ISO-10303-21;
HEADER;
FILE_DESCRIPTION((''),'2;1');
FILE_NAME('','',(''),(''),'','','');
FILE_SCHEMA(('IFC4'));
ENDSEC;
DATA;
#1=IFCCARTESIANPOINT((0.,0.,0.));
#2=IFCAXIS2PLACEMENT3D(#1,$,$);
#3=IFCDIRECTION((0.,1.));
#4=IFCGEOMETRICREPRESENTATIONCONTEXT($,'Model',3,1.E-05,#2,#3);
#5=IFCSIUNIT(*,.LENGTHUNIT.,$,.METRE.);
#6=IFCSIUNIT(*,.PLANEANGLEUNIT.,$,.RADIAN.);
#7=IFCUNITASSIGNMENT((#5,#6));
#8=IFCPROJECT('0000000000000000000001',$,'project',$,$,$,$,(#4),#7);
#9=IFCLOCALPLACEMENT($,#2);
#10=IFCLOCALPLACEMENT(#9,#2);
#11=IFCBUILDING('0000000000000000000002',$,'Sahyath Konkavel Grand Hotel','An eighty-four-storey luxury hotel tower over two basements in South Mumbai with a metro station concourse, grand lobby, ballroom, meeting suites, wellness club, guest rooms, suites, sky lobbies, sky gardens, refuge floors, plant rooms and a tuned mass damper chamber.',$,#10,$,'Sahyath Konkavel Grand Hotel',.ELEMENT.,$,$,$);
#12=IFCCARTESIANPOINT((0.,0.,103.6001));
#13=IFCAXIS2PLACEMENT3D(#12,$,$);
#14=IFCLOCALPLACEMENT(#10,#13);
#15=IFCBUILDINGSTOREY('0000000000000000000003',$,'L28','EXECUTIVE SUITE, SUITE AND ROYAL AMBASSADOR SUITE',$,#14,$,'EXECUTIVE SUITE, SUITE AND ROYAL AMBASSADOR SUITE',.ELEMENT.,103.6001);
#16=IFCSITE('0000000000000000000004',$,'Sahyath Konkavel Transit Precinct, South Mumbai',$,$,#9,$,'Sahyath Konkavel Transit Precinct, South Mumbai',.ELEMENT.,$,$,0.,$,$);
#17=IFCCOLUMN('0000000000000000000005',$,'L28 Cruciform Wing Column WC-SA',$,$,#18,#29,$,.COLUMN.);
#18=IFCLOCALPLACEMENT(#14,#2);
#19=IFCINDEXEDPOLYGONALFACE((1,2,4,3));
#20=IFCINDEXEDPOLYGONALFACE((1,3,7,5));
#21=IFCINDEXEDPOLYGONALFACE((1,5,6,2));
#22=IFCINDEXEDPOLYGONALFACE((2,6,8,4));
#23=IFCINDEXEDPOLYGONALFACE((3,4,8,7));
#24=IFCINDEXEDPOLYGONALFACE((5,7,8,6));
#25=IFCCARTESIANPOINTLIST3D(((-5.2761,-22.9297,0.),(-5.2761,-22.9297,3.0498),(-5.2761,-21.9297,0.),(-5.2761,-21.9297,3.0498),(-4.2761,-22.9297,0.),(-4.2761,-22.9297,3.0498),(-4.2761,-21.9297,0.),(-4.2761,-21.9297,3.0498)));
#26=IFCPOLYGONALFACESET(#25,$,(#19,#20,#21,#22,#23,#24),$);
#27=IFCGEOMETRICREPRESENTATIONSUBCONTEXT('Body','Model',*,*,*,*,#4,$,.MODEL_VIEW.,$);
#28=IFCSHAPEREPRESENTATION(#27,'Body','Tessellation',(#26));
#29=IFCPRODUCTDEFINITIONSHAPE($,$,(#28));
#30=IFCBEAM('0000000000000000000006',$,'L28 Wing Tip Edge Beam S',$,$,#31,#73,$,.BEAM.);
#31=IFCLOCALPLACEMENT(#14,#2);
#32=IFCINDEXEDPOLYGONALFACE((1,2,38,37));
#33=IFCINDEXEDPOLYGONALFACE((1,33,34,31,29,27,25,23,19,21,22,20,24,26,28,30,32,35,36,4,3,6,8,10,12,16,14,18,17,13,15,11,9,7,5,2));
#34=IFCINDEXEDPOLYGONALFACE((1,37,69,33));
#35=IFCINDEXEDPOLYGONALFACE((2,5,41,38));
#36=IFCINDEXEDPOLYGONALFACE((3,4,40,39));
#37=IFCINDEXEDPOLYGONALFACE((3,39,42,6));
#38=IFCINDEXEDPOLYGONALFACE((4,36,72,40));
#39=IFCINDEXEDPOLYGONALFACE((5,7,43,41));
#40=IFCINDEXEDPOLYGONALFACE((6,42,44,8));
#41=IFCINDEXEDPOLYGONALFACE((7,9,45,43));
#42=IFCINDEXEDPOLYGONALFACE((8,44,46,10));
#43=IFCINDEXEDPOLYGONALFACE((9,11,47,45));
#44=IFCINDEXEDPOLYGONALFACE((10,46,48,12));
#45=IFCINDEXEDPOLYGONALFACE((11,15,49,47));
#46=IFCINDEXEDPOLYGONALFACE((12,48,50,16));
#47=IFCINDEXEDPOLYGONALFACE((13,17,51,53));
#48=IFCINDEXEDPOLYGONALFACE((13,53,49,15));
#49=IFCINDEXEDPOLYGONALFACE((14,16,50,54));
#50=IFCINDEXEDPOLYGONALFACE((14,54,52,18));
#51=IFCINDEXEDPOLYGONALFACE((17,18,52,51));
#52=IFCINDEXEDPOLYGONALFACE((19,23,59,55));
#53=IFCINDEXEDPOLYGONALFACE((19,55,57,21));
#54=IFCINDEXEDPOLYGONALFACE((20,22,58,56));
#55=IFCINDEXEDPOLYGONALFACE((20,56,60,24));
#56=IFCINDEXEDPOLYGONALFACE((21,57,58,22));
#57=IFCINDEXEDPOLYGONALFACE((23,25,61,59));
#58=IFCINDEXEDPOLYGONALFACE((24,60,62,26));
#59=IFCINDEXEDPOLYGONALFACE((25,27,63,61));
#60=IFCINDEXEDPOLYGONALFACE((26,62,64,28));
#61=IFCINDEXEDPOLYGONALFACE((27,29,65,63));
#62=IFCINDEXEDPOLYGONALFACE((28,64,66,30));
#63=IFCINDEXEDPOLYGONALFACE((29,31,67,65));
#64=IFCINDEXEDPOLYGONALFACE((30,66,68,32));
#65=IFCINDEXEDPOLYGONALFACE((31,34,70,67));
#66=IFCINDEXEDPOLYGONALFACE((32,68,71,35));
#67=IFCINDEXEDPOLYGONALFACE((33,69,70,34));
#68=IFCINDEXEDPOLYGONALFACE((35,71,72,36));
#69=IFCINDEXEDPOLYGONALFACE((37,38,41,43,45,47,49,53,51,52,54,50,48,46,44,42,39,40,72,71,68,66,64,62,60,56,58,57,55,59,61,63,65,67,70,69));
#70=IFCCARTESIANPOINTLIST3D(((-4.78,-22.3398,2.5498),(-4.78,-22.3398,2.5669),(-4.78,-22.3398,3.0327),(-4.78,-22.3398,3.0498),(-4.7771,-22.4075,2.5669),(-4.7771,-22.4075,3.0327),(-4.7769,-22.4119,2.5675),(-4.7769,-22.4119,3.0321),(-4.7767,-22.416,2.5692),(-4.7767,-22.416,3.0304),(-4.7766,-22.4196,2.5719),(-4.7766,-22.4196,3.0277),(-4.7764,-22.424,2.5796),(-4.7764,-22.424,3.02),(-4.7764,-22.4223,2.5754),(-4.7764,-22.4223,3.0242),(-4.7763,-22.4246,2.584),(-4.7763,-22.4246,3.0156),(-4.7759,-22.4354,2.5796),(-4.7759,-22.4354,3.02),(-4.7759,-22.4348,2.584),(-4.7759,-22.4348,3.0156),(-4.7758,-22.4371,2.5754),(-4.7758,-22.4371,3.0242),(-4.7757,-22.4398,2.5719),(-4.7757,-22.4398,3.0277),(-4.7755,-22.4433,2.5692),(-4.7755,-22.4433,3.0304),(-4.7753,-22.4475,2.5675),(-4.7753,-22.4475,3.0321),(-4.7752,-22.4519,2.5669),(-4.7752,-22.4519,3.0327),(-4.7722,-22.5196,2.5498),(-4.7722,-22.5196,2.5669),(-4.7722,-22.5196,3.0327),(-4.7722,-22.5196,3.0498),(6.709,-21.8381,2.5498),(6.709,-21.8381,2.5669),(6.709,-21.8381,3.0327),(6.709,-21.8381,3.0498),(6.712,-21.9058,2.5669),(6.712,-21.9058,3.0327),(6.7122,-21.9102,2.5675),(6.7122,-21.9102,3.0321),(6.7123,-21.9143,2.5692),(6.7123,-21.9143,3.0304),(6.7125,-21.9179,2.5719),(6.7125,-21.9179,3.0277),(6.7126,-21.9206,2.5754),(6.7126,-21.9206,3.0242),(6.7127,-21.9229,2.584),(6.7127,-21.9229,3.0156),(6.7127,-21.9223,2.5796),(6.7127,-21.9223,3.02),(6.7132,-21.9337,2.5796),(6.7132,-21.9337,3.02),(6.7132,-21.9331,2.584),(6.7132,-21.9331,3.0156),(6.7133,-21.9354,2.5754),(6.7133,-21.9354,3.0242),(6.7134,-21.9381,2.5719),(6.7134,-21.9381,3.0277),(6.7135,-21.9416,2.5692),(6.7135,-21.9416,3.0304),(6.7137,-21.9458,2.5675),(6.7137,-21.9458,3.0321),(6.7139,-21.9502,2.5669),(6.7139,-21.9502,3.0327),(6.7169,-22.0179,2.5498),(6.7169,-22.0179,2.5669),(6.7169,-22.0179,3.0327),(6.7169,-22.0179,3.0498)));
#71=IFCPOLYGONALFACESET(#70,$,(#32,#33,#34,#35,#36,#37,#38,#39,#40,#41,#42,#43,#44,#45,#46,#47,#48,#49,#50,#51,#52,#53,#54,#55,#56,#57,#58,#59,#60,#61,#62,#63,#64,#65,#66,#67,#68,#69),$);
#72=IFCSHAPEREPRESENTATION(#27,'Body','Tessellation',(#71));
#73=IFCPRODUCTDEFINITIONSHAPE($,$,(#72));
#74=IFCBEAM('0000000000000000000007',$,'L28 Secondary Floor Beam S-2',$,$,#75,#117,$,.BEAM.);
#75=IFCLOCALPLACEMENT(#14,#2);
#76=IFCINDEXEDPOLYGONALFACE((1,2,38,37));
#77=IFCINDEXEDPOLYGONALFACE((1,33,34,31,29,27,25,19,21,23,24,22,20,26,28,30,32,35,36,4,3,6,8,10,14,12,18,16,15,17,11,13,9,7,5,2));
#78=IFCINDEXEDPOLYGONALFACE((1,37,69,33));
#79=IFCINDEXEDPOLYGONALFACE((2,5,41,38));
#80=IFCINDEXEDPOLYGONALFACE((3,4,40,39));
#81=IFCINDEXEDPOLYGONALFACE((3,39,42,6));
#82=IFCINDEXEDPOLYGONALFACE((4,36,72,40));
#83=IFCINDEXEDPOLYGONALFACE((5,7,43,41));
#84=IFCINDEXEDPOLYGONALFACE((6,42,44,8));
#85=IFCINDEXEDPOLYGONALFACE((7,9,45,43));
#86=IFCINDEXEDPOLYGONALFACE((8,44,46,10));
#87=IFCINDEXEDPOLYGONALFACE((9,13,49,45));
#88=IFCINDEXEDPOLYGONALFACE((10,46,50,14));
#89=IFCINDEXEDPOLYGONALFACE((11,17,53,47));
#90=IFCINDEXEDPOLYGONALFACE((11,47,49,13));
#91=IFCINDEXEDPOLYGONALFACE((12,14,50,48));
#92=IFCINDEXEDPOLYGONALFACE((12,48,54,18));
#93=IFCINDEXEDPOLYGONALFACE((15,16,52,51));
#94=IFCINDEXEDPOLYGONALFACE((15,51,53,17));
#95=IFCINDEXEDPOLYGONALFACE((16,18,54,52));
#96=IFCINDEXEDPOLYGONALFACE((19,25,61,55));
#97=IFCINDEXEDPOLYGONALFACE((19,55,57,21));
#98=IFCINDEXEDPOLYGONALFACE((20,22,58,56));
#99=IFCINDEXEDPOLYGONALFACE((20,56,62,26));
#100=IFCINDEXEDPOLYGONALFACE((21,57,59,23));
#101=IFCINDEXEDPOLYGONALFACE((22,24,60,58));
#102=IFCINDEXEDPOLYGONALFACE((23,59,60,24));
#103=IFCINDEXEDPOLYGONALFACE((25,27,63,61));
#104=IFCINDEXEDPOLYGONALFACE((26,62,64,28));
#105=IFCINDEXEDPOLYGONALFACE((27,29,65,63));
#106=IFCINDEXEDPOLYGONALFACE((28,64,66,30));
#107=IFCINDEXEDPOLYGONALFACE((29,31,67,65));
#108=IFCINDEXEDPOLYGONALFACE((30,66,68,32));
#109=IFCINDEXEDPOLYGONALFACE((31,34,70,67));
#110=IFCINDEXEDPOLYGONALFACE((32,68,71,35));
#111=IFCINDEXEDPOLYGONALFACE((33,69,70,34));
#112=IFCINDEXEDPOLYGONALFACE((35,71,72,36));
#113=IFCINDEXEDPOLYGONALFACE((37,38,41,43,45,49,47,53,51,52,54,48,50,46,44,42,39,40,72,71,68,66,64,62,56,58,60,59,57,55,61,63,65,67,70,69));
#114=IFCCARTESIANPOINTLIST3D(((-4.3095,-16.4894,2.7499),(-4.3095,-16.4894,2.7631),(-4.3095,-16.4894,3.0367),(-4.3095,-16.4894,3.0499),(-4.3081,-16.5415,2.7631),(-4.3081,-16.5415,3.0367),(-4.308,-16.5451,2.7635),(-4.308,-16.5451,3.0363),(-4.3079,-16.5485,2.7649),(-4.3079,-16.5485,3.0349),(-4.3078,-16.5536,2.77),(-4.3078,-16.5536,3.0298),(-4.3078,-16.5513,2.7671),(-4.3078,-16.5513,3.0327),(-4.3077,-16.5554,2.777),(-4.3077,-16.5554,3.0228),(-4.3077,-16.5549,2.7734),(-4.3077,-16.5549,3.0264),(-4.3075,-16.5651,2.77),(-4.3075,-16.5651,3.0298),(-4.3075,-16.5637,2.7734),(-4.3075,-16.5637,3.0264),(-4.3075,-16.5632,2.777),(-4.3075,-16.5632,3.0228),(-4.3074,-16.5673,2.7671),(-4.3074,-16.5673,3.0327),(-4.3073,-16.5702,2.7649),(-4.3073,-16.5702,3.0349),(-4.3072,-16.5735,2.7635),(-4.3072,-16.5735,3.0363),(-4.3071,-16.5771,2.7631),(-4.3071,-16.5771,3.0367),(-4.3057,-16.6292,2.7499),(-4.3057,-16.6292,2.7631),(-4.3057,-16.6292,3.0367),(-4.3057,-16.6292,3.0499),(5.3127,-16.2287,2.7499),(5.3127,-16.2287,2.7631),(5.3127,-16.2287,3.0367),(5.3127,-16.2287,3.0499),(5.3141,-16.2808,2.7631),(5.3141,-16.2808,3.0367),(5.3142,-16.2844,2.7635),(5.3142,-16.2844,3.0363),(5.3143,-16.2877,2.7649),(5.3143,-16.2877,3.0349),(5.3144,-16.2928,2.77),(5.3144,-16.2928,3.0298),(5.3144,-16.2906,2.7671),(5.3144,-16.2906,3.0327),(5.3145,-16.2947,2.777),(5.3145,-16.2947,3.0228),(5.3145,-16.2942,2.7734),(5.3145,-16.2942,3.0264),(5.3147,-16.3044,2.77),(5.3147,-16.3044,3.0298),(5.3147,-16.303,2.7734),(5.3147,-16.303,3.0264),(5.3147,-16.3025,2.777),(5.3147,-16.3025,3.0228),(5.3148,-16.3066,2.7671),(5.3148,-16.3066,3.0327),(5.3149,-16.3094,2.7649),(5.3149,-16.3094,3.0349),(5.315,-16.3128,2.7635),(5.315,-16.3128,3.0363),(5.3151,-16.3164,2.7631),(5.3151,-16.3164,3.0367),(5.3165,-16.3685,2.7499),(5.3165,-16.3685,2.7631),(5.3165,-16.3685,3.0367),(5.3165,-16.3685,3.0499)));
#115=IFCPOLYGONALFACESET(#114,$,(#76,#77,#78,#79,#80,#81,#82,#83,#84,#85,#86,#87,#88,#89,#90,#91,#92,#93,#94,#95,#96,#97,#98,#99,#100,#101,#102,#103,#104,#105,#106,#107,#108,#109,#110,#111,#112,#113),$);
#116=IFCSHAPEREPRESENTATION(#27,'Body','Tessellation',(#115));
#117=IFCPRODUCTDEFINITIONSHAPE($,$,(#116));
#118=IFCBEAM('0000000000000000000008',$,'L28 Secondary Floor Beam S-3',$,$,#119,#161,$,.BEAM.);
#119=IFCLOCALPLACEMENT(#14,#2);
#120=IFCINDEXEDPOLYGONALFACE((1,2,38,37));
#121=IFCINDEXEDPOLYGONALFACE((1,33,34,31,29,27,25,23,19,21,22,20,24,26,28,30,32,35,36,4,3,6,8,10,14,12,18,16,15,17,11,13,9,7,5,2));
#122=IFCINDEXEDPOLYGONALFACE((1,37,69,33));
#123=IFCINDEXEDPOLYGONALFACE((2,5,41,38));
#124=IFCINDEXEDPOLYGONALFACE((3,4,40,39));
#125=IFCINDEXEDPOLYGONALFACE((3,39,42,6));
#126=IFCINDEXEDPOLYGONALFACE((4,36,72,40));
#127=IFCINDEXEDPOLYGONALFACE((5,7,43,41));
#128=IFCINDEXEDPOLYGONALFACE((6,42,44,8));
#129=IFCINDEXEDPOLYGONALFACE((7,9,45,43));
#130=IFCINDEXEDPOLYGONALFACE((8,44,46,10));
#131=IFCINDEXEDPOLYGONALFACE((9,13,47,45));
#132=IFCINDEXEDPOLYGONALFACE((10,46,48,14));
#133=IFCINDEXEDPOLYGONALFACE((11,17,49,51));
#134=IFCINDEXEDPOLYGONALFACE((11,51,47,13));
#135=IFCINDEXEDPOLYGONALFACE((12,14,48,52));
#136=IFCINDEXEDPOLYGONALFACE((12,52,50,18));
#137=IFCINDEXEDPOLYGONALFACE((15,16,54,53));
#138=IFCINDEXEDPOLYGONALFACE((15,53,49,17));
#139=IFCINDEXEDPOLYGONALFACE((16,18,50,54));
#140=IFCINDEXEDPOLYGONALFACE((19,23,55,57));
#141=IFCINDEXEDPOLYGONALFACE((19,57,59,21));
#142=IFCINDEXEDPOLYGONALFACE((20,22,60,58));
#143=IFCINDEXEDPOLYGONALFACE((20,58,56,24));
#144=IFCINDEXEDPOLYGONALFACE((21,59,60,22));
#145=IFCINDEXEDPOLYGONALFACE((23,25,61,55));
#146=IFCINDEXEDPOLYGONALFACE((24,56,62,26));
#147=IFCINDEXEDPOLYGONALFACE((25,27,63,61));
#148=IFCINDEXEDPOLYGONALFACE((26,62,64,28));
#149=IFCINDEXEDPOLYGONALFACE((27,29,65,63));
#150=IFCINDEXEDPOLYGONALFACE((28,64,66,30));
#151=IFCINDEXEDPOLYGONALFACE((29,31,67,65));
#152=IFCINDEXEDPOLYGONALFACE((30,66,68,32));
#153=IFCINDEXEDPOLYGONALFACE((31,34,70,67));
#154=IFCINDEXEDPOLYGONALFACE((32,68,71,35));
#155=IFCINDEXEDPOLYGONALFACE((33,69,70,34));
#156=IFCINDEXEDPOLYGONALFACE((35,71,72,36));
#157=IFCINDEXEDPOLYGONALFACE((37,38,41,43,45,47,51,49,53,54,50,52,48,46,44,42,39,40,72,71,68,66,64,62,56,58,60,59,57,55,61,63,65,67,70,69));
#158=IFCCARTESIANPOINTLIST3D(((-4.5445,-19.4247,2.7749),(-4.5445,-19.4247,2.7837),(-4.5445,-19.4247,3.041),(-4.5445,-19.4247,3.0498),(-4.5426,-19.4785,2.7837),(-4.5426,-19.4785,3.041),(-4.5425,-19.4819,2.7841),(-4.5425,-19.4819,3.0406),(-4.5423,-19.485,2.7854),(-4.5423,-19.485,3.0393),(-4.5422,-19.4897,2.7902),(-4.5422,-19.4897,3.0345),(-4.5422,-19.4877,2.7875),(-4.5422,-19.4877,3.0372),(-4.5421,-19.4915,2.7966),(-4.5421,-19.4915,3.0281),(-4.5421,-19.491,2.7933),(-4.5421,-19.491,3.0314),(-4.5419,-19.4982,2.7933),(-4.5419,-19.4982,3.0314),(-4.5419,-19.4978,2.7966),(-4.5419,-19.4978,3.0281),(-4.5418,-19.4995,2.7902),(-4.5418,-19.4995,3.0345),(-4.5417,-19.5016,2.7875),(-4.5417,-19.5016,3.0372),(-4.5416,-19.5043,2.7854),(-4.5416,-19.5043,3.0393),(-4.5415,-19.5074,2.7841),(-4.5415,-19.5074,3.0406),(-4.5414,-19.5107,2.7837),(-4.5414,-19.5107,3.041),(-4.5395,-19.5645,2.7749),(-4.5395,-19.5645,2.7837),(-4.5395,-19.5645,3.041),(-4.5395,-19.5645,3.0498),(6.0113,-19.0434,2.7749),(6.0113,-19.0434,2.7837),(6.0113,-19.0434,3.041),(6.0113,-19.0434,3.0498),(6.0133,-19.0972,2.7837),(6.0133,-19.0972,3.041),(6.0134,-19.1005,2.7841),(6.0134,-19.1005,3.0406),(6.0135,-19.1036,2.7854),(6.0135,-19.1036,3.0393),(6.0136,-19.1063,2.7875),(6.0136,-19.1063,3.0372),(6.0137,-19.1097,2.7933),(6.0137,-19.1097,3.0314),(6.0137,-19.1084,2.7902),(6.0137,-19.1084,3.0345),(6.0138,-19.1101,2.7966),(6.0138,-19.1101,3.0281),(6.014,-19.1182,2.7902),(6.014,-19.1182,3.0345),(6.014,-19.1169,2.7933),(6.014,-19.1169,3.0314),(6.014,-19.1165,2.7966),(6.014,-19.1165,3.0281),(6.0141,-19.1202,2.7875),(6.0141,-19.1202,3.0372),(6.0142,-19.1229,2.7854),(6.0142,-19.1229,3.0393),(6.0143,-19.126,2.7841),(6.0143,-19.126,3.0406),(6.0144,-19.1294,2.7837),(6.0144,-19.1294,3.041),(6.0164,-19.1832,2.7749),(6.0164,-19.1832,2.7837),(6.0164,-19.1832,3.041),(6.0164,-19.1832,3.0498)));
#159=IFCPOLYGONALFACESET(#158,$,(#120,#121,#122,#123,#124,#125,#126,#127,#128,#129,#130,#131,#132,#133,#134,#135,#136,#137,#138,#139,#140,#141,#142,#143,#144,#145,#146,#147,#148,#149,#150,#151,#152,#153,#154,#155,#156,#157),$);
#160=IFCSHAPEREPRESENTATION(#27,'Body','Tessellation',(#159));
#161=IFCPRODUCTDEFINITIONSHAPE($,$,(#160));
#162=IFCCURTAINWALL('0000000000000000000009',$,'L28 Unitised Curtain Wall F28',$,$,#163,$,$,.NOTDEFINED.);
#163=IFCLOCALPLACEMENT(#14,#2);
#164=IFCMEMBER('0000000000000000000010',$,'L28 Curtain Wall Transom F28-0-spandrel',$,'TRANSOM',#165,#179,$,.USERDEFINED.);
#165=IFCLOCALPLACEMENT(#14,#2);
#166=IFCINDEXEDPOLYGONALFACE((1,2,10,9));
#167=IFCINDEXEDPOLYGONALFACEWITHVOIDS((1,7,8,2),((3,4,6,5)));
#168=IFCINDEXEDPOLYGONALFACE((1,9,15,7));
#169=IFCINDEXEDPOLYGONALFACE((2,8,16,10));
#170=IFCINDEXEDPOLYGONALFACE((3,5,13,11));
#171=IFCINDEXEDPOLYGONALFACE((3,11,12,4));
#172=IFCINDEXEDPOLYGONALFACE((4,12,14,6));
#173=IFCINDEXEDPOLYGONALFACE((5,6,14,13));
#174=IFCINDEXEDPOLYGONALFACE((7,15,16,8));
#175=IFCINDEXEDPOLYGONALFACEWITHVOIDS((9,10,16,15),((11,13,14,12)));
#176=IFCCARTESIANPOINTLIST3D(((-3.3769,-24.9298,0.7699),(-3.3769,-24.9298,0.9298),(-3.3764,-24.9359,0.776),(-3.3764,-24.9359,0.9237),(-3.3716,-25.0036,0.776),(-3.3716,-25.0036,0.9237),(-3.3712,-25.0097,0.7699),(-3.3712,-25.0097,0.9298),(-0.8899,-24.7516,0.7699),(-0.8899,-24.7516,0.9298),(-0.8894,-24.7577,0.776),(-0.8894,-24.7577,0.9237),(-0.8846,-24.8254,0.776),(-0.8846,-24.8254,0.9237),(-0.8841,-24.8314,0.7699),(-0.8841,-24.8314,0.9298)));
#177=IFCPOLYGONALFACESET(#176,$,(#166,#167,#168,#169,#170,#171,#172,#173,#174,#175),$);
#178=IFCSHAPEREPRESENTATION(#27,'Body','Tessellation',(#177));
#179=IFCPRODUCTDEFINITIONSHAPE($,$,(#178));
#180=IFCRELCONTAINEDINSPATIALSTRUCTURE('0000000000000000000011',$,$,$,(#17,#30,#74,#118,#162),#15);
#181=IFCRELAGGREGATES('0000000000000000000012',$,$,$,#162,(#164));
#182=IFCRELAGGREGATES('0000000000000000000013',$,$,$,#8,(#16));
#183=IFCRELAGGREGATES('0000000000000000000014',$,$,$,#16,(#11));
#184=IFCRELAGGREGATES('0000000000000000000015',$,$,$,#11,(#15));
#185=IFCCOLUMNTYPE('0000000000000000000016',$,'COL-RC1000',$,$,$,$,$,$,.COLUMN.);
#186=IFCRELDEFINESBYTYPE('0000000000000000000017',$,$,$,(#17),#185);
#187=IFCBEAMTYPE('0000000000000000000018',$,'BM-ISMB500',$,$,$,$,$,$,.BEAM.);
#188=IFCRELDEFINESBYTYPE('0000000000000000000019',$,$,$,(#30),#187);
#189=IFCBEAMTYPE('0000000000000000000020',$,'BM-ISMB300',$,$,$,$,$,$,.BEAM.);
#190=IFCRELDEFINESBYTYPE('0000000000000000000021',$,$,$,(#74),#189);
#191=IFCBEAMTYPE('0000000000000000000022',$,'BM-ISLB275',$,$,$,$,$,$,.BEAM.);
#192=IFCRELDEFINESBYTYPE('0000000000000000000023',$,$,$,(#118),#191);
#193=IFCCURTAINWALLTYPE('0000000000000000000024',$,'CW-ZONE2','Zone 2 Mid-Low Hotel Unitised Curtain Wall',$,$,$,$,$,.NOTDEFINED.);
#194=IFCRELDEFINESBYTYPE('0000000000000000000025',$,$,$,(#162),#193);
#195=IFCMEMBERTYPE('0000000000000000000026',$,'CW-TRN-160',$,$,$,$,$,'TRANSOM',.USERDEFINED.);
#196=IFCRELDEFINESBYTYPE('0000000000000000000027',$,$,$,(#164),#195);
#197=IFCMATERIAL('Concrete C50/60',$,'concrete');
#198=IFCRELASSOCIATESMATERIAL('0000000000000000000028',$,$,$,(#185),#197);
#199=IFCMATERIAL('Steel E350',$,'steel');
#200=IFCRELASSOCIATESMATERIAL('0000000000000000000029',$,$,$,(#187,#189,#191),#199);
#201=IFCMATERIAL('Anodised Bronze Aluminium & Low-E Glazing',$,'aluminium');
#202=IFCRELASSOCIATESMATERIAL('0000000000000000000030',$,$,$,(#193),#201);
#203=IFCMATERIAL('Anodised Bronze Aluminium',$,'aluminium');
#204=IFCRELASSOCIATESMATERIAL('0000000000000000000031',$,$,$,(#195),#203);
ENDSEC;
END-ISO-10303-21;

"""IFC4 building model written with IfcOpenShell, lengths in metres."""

from ifc_helpers import new_model, si_unit, direction, frame, origin, origin_2d, place, context, subcontext, project, spatial, rectangle, hollow_rectangle, i_section, extrude, source, transform, mapped, material, material_profile, profile_set, type_object, element, aggregate, save


model = new_model("IFC4")

# Units and contexts
model_context = context("Model", 3, precision=1e-05, world=origin(), true_north=direction((0.0, 1.0)))
body_context = subcontext(model_context, "Body", "Model", "MODEL_VIEW")
ifc_project = project(units=[si_unit("LENGTHUNIT", "METRE"), si_unit("PLANEANGLEUNIT", "RADIAN")], contexts=[model_context])

# Site, building, storey
site_placement = place(None, origin())
site = spatial("IfcSite", under=ifc_project, at=site_placement, Name="Sahyath Konkavel Transit Precinct, South Mumbai", LongName="Sahyath Konkavel Transit Precinct, South Mumbai", CompositionType="ELEMENT", RefElevation=0.0)
building_placement = place(site_placement, origin())
building = spatial("IfcBuilding", under=site, at=building_placement, Name="Sahyath Konkavel Grand Hotel", Description="An eighty-four-storey luxury hotel tower over two basements in South Mumbai with a metro station concourse, grand lobby, ballroom, meeting suites, wellness club, guest rooms, suites, sky lobbies, sky gardens, refuge floors, plant rooms and a tuned mass damper chamber.", LongName="Sahyath Konkavel Grand Hotel", CompositionType="ELEMENT")
storey_placement = place(building_placement, frame((0.0, 0.0, 103.6001)))
storey = spatial("IfcBuildingStorey", under=building, at=storey_placement, Name="L28", Description="EXECUTIVE SUITE, SUITE AND ROYAL AMBASSADOR SUITE", LongName="EXECUTIVE SUITE, SUITE AND ROYAL AMBASSADOR SUITE", CompositionType="ELEMENT", Elevation=103.6001)

# Column
ifc_material_1 = material(Name="Concrete C50/60", Category="concrete")
ifc_material_profile_1 = material_profile(ifc_material_1, rectangle(XDim=1.0, YDim=1.0, at=origin_2d()), Name="RC 1000x1000")
ifc_profile_set_1 = profile_set([ifc_material_profile_1], Name="Concrete C50/60")
column_type = type_object("IfcColumnType", Name="COL-RC1000", PredefinedType="COLUMN", material=ifc_profile_set_1)
shared_shape_1 = source(origin(), body_context, "Body", "SweptSolid", [
    extrude(rectangle(XDim=1.0, YDim=1.0, at=origin_2d()), origin(), (0.0, 0.0, 1.0), 3.0498),
])
column_placement = place(storey_placement, frame((-4.7761, -22.4297, 0.0), z_axis=(0.0, 0.0, 1.0), x_axis=(1.0, 0.0, 0.0)))
element("IfcColumn", 1, at=column_placement, inside=storey, type_object=column_type, Name="L28 Cruciform Wing Column WC-SA", PredefinedType="COLUMN", context=body_context, shape_type="MappedRepresentation", body=[
    mapped(shared_shape_1, transform((0.0, 0.0, 0.0), scale=1.0)),
])

# Beams
ifc_material_2 = material(Name="Steel E350", Category="steel")
ifc_material_profile_2 = material_profile(ifc_material_2, i_section(OverallWidth=0.1799, OverallDepth=0.5, WebThickness=0.0103, FlangeThickness=0.0171, FilletRadius=0.0171, at=origin_2d()), Name="ISMB 500")
ifc_profile_set_2 = profile_set([ifc_material_profile_2], Name="Steel E350")
beam_type_1 = type_object("IfcBeamType", Name="BM-ISMB500", PredefinedType="BEAM", material=ifc_profile_set_2)
shared_shape_2 = source(origin(), body_context, "Body", "SweptSolid", [
    extrude(i_section(OverallWidth=0.1799, OverallDepth=0.5, WebThickness=0.0103, FlangeThickness=0.0171, FilletRadius=0.0171, at=origin_2d()), origin(), (0.0, 0.0, 1.0), 11.5),
])
beam_1_placement = place(storey_placement, frame((-4.7761, -22.4297, 2.7998), z_axis=(0.999048, 0.043627, 0.0), x_axis=(-0.043627, 0.999048, 0.0)))
element("IfcBeam", 2, at=beam_1_placement, inside=storey, type_object=beam_type_1, Name="L28 Wing Tip Edge Beam S", PredefinedType="BEAM", context=body_context, shape_type="MappedRepresentation", body=[
    mapped(shared_shape_2, transform((0.0, 0.0, 0.0), scale=1.0)),
])
ifc_material_profile_3 = material_profile(ifc_material_2, i_section(OverallWidth=0.1399, OverallDepth=0.3, WebThickness=0.0078, FlangeThickness=0.0132, FilletRadius=0.0139, at=origin_2d()), Name="ISMB 300")
ifc_profile_set_3 = profile_set([ifc_material_profile_3], Name="Steel E350")
beam_type_2 = type_object("IfcBeamType", Name="BM-ISMB300", PredefinedType="BEAM", material=ifc_profile_set_3)
shared_shape_3 = source(origin(), body_context, "Body", "SweptSolid", [
    extrude(i_section(OverallWidth=0.1399, OverallDepth=0.3, WebThickness=0.0078, FlangeThickness=0.0132, FilletRadius=0.0139, at=origin_2d()), origin(), (0.0, 0.0, 1.0), 9.6257),
])
beam_2_placement = place(storey_placement, frame((-4.3076, -16.5593, 2.8999), z_axis=(0.999633, 0.027088, 0.0), x_axis=(-0.027088, 0.999633, 0.0)))
element("IfcBeam", 3, at=beam_2_placement, inside=storey, type_object=beam_type_2, Name="L28 Secondary Floor Beam S-2", PredefinedType="BEAM", context=body_context, shape_type="MappedRepresentation", body=[
    mapped(shared_shape_3, transform((0.0, 0.0, 0.0), scale=1.0)),
])
ifc_material_profile_4 = material_profile(ifc_material_2, i_section(OverallWidth=0.1399, OverallDepth=0.2749, WebThickness=0.0063, FlangeThickness=0.0088, FilletRadius=0.0129, at=origin_2d()), Name="ISLB 275")
ifc_profile_set_4 = profile_set([ifc_material_profile_4], Name="Steel E350")
beam_type_3 = type_object("IfcBeamType", Name="BM-ISLB275", PredefinedType="BEAM", material=ifc_profile_set_4)
shared_shape_4 = source(origin(), body_context, "Body", "SweptSolid", [
    extrude(i_section(OverallWidth=0.1399, OverallDepth=0.2749, WebThickness=0.0063, FlangeThickness=0.0088, FilletRadius=0.0129, at=origin_2d()), origin(), (0.0, 0.0, 1.0), 10.5627),
])
beam_3_placement = place(storey_placement, frame((-4.542, -19.4946, 2.9124), z_axis=(0.999348, 0.036103, 0.0), x_axis=(-0.036103, 0.999348, 0.0)))
element("IfcBeam", 4, at=beam_3_placement, inside=storey, type_object=beam_type_3, Name="L28 Secondary Floor Beam S-3", PredefinedType="BEAM", context=body_context, shape_type="MappedRepresentation", body=[
    mapped(shared_shape_4, transform((0.0, 0.0, 0.0), scale=1.0)),
])

# Curtain wall, member
ifc_material_3 = material(Name="Anodised Bronze Aluminium & Low-E Glazing", Category="aluminium")
curtain_wall_type = type_object("IfcCurtainWallType", Name="CW-ZONE2", Description="Zone 2 Mid-Low Hotel Unitised Curtain Wall", PredefinedType="NOTDEFINED", material=ifc_material_3)
curtain_wall_1_placement = place(storey_placement, origin())
curtain_wall_1 = element("IfcCurtainWall", 5, at=curtain_wall_1_placement, inside=storey, type_object=curtain_wall_type, Name="L28 Unitised Curtain Wall F28", PredefinedType="NOTDEFINED")
ifc_material_4 = material(Name="Anodised Bronze Aluminium", Category="aluminium")
ifc_material_profile_5 = material_profile(ifc_material_4, hollow_rectangle(XDim=0.0801, YDim=0.1599, WallThickness=0.0061, at=origin_2d()), Name="RHS 160x80x6")
ifc_profile_set_5 = profile_set([ifc_material_profile_5], Name="Anodised Bronze Aluminium")
member_type_1 = type_object("IfcMemberType", Name="CW-TRN-160", ElementType="TRANSOM", PredefinedType="USERDEFINED", material=ifc_profile_set_5)
shared_shape_5 = source(origin(), body_context, "Body", "SweptSolid", [
    extrude(hollow_rectangle(XDim=0.0801, YDim=0.1599, WallThickness=0.0061, at=origin_2d()), origin(), (0.0, 0.0, 1.0), 2.4934),
])
member_1_placement = place(storey_placement, frame((-3.374, -24.9697, 0.8499), z_axis=(0.997442, 0.071477, 0.0), x_axis=(-0.071477, 0.997442, 0.0)))
member_1 = element("IfcMember", 6, at=member_1_placement, type_object=member_type_1, Name="L28 Curtain Wall Transom F28-0-spandrel", ObjectType="TRANSOM", PredefinedType="USERDEFINED", context=body_context, shape_type="MappedRepresentation", body=[
    mapped(shared_shape_5, transform((0.0, 0.0, 0.0), scale=1.0)),
])

aggregate(curtain_wall_1, [member_1])

save(model, "model.ifc")
